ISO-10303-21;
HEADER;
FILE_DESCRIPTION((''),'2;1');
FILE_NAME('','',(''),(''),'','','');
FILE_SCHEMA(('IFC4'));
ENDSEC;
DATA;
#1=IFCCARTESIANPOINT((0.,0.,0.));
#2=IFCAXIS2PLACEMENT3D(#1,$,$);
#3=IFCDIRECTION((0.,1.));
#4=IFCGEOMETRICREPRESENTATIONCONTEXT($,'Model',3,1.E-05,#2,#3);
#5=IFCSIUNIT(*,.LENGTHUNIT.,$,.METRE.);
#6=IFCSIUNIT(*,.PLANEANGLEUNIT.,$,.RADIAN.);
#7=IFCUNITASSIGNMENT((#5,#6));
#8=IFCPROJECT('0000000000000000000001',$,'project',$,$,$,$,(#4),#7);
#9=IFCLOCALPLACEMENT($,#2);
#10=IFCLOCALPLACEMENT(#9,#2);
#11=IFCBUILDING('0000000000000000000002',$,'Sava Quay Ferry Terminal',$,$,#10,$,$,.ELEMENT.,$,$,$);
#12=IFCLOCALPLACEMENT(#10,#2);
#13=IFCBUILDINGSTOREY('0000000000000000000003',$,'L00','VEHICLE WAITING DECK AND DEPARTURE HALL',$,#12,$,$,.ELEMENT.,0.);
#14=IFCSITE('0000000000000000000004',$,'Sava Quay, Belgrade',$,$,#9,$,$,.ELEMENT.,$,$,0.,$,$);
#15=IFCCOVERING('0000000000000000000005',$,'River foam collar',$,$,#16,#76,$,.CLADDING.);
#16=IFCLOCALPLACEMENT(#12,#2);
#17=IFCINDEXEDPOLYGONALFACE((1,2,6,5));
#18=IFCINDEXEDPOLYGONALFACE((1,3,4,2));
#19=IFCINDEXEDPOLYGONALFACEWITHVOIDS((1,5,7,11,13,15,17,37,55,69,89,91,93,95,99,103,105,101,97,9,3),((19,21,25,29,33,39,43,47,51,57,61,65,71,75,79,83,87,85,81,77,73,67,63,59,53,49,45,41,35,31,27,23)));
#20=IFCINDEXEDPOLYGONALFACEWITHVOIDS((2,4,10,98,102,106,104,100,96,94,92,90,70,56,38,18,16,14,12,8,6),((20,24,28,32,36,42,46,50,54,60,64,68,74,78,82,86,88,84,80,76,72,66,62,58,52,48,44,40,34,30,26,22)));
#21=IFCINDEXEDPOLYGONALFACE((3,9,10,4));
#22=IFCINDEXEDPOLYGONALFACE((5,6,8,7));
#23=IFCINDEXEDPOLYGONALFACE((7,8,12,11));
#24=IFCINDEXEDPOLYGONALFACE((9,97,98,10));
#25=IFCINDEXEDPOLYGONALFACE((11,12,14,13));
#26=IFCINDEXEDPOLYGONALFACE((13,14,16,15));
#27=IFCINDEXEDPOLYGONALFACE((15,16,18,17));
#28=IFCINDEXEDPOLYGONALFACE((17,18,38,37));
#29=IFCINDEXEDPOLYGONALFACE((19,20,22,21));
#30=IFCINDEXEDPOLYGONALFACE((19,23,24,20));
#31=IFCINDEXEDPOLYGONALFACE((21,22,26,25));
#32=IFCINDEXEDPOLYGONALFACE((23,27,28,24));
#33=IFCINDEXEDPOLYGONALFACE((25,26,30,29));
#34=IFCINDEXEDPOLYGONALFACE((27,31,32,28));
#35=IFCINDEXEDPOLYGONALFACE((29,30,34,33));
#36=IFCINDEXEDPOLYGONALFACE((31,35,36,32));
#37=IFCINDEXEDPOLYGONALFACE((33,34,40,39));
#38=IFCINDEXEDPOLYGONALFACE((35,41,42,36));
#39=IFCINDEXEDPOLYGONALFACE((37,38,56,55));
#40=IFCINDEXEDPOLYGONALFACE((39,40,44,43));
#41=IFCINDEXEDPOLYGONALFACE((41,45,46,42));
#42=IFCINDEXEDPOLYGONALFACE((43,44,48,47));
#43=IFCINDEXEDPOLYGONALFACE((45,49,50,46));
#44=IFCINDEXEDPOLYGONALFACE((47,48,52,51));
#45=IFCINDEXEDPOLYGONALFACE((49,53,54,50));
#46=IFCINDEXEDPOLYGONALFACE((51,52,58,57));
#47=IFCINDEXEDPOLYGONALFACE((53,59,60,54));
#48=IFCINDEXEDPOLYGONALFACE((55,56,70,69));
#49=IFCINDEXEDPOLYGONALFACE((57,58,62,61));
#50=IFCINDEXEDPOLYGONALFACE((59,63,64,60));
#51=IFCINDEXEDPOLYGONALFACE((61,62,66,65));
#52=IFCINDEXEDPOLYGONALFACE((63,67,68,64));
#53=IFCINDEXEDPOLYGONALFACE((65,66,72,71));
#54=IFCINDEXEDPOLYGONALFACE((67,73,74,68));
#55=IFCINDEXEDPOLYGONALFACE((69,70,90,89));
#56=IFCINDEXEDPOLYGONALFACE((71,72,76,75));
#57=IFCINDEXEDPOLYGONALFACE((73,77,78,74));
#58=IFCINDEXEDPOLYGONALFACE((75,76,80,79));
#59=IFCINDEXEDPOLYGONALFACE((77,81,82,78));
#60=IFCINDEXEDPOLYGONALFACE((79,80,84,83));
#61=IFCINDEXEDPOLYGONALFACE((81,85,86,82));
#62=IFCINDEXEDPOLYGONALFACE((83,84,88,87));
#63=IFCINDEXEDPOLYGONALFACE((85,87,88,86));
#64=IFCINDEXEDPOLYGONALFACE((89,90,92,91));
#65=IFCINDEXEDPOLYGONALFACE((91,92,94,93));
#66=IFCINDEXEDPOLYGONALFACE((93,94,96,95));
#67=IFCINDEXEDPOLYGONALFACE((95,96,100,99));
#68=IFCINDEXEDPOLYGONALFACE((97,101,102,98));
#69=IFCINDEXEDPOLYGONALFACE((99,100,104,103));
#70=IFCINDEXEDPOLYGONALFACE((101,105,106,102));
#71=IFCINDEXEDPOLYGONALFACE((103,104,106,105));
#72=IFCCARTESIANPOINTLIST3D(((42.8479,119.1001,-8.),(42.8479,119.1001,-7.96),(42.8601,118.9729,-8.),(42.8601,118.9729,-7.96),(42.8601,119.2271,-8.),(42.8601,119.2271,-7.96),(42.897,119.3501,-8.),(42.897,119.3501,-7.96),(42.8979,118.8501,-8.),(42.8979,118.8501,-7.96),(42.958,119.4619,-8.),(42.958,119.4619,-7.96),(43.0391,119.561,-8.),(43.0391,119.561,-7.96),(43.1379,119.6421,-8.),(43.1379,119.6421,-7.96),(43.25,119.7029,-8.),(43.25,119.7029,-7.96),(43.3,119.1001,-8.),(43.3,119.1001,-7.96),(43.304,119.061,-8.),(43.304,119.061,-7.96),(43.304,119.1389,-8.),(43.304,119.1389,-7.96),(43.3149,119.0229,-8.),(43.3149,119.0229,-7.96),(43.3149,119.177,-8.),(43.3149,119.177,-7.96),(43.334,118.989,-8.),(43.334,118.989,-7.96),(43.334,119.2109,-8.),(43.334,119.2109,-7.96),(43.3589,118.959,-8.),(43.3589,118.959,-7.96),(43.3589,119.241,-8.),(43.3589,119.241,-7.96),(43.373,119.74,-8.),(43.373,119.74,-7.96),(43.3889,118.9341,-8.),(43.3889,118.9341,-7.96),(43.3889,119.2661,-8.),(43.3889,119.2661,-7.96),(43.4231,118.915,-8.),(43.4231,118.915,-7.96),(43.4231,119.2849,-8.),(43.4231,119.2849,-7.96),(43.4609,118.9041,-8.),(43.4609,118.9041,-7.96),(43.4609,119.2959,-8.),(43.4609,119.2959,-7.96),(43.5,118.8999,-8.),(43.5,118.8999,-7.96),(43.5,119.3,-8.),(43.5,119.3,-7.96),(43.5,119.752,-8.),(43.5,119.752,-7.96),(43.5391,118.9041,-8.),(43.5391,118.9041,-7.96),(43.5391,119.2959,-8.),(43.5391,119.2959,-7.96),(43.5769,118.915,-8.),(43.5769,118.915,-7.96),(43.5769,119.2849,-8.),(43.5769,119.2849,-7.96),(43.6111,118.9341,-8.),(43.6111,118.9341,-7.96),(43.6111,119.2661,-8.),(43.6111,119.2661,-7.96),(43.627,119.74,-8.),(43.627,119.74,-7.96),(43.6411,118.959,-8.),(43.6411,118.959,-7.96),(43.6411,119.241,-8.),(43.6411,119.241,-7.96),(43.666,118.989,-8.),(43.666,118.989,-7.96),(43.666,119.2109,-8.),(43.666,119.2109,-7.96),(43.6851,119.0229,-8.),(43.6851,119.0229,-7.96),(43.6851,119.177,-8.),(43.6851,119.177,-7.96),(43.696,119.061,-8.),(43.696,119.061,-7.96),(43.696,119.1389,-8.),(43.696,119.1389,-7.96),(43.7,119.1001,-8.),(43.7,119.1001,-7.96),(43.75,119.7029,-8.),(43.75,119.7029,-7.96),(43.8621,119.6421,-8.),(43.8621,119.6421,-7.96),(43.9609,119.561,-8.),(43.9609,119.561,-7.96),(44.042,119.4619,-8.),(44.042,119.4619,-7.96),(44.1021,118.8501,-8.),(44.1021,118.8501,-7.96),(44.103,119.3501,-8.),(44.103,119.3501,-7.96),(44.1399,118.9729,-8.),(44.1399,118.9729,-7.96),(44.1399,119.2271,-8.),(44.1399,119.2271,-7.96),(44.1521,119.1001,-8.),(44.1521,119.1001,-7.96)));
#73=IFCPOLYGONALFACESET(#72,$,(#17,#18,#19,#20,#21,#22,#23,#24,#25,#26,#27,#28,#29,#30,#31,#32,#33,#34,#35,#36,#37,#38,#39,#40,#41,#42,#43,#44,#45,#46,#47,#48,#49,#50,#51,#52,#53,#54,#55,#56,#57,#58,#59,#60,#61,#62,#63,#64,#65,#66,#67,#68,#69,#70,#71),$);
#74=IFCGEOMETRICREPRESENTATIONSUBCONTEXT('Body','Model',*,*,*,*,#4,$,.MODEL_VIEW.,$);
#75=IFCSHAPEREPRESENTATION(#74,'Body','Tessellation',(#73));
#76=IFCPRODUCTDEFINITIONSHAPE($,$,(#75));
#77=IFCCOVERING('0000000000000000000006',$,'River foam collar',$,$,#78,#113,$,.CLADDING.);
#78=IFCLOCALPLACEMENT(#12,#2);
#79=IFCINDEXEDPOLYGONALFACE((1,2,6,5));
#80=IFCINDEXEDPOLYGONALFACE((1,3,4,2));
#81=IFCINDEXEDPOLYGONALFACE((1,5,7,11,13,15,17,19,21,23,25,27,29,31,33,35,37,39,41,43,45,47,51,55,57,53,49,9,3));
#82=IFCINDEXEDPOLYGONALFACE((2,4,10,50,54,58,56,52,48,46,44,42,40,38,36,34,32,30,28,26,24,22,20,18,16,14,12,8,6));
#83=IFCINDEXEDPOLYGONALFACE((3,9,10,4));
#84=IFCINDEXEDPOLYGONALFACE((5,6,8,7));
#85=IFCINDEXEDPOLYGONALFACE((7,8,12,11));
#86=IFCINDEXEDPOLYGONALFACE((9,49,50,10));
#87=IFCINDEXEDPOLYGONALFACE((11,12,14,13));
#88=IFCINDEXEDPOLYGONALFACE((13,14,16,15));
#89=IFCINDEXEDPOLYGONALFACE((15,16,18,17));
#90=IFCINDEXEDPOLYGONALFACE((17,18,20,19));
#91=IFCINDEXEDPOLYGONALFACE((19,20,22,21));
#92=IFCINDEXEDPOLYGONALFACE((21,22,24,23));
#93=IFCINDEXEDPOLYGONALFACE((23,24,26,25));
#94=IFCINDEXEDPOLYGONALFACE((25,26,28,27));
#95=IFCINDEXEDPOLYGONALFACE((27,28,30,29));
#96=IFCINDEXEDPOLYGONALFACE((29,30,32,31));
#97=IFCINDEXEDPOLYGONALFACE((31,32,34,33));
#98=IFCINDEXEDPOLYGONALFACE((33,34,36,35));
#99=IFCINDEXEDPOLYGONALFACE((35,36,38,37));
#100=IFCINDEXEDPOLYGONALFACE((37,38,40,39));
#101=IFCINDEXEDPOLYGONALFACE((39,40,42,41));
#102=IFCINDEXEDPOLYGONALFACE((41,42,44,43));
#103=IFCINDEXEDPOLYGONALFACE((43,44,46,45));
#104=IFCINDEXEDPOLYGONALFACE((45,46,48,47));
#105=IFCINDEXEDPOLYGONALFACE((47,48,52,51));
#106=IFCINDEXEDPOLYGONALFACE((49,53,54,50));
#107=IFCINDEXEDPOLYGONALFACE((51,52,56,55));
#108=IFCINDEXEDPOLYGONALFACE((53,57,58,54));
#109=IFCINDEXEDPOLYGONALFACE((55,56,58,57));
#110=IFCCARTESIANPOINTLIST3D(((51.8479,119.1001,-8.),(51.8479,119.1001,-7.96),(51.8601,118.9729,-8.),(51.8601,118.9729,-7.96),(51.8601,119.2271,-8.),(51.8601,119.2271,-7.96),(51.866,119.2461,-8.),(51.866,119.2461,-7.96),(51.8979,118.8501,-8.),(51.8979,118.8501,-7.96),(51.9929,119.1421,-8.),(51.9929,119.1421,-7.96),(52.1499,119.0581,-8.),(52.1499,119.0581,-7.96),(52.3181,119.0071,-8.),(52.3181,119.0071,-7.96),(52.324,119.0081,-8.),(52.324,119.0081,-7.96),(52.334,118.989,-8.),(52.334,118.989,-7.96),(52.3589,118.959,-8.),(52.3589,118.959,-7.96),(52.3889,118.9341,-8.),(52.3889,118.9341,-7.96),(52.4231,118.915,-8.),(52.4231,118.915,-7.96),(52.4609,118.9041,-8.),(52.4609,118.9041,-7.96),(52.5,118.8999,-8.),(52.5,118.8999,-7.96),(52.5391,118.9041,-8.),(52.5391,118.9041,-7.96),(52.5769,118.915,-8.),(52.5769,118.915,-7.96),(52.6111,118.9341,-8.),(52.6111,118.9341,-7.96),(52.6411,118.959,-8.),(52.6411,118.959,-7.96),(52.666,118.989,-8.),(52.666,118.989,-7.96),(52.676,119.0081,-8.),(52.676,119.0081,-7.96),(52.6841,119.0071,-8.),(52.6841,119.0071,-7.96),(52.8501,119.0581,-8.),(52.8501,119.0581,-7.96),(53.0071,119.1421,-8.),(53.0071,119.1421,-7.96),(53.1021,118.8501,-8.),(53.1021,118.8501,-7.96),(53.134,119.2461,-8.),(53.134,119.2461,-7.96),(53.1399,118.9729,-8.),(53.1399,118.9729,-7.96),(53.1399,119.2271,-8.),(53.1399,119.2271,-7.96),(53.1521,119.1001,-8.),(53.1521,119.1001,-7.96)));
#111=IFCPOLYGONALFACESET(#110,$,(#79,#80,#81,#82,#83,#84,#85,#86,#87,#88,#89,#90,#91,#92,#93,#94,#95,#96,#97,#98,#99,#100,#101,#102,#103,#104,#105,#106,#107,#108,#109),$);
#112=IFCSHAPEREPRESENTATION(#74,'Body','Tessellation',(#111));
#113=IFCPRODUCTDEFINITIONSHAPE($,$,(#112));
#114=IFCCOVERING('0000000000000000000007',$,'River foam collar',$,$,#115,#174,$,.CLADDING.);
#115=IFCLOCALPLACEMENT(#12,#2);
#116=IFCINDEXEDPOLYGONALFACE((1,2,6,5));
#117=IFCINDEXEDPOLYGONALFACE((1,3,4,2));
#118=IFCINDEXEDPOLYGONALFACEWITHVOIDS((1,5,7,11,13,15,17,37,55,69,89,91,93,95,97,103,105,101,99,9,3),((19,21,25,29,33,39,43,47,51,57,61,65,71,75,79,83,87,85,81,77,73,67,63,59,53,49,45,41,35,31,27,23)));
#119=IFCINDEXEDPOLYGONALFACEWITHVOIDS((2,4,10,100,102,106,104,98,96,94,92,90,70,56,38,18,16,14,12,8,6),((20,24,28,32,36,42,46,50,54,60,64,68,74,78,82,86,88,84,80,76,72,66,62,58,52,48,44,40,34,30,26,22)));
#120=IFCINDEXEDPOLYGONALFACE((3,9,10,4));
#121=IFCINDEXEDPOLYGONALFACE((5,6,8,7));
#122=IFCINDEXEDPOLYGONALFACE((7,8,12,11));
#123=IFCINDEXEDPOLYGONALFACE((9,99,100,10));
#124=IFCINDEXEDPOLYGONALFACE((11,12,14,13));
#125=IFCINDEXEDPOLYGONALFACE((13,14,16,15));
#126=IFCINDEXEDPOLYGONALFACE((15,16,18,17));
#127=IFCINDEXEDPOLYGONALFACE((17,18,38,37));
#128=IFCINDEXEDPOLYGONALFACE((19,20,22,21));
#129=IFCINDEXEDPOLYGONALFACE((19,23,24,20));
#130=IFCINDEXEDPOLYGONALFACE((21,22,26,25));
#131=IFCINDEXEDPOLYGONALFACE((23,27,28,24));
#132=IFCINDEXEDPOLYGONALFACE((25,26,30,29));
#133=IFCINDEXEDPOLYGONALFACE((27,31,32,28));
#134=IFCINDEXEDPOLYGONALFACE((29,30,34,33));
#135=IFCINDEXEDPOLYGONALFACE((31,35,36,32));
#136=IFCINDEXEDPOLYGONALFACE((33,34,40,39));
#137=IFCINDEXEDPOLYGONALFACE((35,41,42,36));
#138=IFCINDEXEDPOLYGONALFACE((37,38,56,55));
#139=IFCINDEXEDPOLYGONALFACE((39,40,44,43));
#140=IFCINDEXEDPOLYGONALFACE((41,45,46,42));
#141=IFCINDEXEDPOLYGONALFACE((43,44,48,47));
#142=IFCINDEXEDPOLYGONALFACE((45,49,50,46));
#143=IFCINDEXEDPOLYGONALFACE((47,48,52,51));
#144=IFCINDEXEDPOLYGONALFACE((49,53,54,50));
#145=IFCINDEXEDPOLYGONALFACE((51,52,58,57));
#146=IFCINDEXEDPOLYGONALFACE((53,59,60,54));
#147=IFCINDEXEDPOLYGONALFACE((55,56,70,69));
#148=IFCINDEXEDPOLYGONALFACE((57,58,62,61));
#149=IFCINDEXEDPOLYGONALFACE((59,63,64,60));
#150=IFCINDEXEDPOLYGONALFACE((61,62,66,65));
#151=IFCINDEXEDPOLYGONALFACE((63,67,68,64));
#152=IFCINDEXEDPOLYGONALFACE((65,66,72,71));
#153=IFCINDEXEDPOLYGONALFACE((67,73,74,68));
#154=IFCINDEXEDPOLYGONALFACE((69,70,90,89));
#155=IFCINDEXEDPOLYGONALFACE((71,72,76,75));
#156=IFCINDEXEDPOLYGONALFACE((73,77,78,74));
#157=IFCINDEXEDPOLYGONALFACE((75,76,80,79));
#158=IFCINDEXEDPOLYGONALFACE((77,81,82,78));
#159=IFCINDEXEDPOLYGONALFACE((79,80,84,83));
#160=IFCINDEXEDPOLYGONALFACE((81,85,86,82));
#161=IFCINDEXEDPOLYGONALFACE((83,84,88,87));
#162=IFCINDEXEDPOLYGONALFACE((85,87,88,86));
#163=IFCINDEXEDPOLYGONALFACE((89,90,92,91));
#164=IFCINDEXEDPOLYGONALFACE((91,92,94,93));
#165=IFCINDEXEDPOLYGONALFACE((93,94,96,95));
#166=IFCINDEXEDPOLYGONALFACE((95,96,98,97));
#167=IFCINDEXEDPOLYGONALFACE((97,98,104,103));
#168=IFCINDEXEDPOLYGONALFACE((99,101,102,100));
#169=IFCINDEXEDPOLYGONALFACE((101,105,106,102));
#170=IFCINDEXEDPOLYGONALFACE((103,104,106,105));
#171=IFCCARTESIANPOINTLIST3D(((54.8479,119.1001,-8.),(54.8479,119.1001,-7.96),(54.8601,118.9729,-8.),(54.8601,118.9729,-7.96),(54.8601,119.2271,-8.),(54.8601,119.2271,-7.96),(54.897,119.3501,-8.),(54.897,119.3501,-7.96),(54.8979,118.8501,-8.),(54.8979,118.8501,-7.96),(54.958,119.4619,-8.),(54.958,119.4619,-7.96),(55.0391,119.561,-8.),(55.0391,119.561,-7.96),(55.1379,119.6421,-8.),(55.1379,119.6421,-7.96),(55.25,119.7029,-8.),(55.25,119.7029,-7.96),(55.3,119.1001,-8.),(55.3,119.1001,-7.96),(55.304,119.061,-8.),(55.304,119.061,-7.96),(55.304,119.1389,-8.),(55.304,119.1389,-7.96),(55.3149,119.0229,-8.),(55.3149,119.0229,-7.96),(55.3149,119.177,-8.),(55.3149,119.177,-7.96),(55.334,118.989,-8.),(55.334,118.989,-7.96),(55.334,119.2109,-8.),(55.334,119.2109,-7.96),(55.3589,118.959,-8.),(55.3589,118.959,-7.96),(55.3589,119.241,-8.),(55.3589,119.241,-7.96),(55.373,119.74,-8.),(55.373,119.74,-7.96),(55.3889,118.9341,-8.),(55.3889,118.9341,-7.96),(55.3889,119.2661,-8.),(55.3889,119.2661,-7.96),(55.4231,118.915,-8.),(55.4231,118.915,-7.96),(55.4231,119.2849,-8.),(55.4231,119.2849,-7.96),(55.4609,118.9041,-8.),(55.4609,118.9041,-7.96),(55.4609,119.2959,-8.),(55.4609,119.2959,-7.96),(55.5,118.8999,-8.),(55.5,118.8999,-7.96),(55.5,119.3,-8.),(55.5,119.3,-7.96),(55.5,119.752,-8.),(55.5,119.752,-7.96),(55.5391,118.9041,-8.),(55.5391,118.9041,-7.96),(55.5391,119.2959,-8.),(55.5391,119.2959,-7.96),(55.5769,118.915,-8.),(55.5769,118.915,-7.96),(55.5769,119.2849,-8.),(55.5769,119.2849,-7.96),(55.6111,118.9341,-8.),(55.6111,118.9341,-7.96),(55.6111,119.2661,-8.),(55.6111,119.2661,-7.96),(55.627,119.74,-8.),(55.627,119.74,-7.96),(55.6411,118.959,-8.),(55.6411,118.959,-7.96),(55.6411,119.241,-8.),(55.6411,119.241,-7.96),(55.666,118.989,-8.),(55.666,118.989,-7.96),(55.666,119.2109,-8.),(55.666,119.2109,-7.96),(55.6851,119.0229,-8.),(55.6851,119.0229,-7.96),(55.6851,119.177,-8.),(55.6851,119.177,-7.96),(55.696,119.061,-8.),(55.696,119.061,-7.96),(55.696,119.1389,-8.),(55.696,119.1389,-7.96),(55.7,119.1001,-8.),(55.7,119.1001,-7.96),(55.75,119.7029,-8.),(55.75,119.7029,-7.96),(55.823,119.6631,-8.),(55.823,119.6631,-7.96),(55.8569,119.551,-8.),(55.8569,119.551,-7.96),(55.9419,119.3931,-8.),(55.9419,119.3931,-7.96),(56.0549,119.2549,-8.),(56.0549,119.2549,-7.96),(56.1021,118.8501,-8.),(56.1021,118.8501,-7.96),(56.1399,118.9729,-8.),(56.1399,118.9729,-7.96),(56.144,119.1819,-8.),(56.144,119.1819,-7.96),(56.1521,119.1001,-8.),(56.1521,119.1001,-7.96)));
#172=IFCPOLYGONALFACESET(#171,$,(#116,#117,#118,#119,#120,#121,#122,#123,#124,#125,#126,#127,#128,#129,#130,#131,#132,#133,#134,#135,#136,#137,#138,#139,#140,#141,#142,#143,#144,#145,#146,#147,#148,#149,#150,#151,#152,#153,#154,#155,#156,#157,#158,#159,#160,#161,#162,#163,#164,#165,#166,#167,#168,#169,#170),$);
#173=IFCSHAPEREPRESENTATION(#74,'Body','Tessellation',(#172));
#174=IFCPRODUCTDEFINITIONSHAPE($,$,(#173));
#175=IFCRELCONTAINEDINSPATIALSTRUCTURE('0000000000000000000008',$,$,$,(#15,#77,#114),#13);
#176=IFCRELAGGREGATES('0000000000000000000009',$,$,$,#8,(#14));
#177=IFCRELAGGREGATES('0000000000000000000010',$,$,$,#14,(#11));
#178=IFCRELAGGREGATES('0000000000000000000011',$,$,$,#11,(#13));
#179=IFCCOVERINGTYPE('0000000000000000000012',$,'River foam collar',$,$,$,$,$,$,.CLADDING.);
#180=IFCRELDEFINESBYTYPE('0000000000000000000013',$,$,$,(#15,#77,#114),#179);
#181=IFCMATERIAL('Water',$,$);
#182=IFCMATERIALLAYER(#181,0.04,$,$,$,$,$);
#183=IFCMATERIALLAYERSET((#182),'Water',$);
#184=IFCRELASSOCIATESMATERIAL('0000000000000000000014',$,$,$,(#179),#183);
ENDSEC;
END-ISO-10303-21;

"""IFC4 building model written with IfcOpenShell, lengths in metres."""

from ifc_helpers import new_model, si_unit, direction, frame, origin, place, context, subcontext, project, spatial, polyline, outline, extrude, material, layer, layer_set, type_object, element, save


model = new_model("IFC4")

# Units and contexts
model_context = context("Model", 3, precision=1e-05, world=origin(), true_north=direction((0.0, 1.0)))
body_context = subcontext(model_context, "Body", "Model", "MODEL_VIEW")
ifc_project = project(units=[si_unit("LENGTHUNIT", "METRE"), si_unit("PLANEANGLEUNIT", "RADIAN")], contexts=[model_context])

# Site, building, storey
site_placement = place(None, origin())
site = spatial("IfcSite", under=ifc_project, at=site_placement, Name="Sava Quay, Belgrade", CompositionType="ELEMENT", RefElevation=0.0)
building_placement = place(site_placement, origin())
building = spatial("IfcBuilding", under=site, at=building_placement, Name="Sava Quay Ferry Terminal", CompositionType="ELEMENT")
storey_placement = place(building_placement, origin())
storey = spatial("IfcBuildingStorey", under=building, at=storey_placement, Name="L00", Description="VEHICLE WAITING DECK AND DEPARTURE HALL", CompositionType="ELEMENT", Elevation=0.0)

# Coverings
ifc_material = material(Name="Water")
ifc_layer = layer(ifc_material, 0.04)
ifc_layer_set = layer_set([ifc_layer], Name="Water")
covering_type = type_object("IfcCoveringType", Name="River foam collar", PredefinedType="CLADDING", material=ifc_layer_set)
covering_1_placement = place(storey_placement, frame((0.0, 0.0, -8.0)))
element("IfcCovering", 1, at=covering_1_placement, inside=storey, type_object=covering_type, Name="River foam collar", PredefinedType="CLADDING", context=body_context, shape_type="SweptSolid", body=[
    extrude(outline(polyline([(43.75, 119.7029), (43.627, 119.74), (43.5, 119.752), (43.373, 119.74), (43.25, 119.7029), (43.1379, 119.6421), (43.0391, 119.561), (42.958, 119.4619), (42.897, 119.3501), (42.8601, 119.2271), (42.8479, 119.1001), (42.8601, 118.9729), (42.8979, 118.8501), (44.1021, 118.8501), (44.1399, 118.9729), (44.1521, 119.1001), (44.1399, 119.2271), (44.103, 119.3501), (44.042, 119.4619), (43.9609, 119.561), (43.8621, 119.6421), (43.75, 119.7029)]), holes=[polyline([(43.334, 119.2109), (43.3589, 119.241), (43.3889, 119.2661), (43.4231, 119.2849), (43.4609, 119.2959), (43.5, 119.3), (43.5391, 119.2959), (43.5769, 119.2849), (43.6111, 119.2661), (43.6411, 119.241), (43.666, 119.2109), (43.6851, 119.177), (43.696, 119.1389), (43.7, 119.1001), (43.696, 119.061), (43.6851, 119.0229), (43.666, 118.989), (43.6411, 118.959), (43.6111, 118.9341), (43.5769, 118.915), (43.5391, 118.9041), (43.5, 118.8999), (43.4609, 118.9041), (43.4231, 118.915), (43.3889, 118.9341), (43.3589, 118.959), (43.334, 118.989), (43.3149, 119.0229), (43.304, 119.061), (43.3, 119.1001), (43.304, 119.1389), (43.3149, 119.177), (43.334, 119.2109)])]), origin(), (0.0, 0.0, 1.0), 0.04),
])
covering_2_placement = place(storey_placement, frame((0.0, 0.0, -8.0)))
element("IfcCovering", 2, at=covering_2_placement, inside=storey, type_object=covering_type, Name="River foam collar", PredefinedType="CLADDING", context=body_context, shape_type="SweptSolid", body=[
    extrude(outline(polyline([(52.3181, 119.0071), (52.1499, 119.0581), (51.9929, 119.1421), (51.866, 119.2461), (51.8601, 119.2271), (51.8479, 119.1001), (51.8601, 118.9729), (51.8979, 118.8501), (53.1021, 118.8501), (53.1399, 118.9729), (53.1521, 119.1001), (53.1399, 119.2271), (53.134, 119.2461), (53.0071, 119.1421), (52.8501, 119.0581), (52.6841, 119.0071), (52.676, 119.0081), (52.666, 118.989), (52.6411, 118.959), (52.6111, 118.9341), (52.5769, 118.915), (52.5391, 118.9041), (52.5, 118.8999), (52.4609, 118.9041), (52.4231, 118.915), (52.3889, 118.9341), (52.3589, 118.959), (52.334, 118.989), (52.324, 119.0081), (52.3181, 119.0071)])), origin(), (0.0, 0.0, 1.0), 0.04),
])
covering_3_placement = place(storey_placement, frame((0.0, 0.0, -8.0)))
element("IfcCovering", 3, at=covering_3_placement, inside=storey, type_object=covering_type, Name="River foam collar", PredefinedType="CLADDING", context=body_context, shape_type="SweptSolid", body=[
    extrude(outline(polyline([(56.1399, 118.9729), (56.1521, 119.1001), (56.144, 119.1819), (56.0549, 119.2549), (55.9419, 119.3931), (55.8569, 119.551), (55.823, 119.6631), (55.75, 119.7029), (55.627, 119.74), (55.5, 119.752), (55.373, 119.74), (55.25, 119.7029), (55.1379, 119.6421), (55.0391, 119.561), (54.958, 119.4619), (54.897, 119.3501), (54.8601, 119.2271), (54.8479, 119.1001), (54.8601, 118.9729), (54.8979, 118.8501), (56.1021, 118.8501), (56.1399, 118.9729)]), holes=[polyline([(55.304, 119.1389), (55.3149, 119.177), (55.334, 119.2109), (55.3589, 119.241), (55.3889, 119.2661), (55.4231, 119.2849), (55.4609, 119.2959), (55.5, 119.3), (55.5391, 119.2959), (55.5769, 119.2849), (55.6111, 119.2661), (55.6411, 119.241), (55.666, 119.2109), (55.6851, 119.177), (55.696, 119.1389), (55.7, 119.1001), (55.696, 119.061), (55.6851, 119.0229), (55.666, 118.989), (55.6411, 118.959), (55.6111, 118.9341), (55.5769, 118.915), (55.5391, 118.9041), (55.5, 118.8999), (55.4609, 118.9041), (55.4231, 118.915), (55.3889, 118.9341), (55.3589, 118.959), (55.334, 118.989), (55.3149, 119.0229), (55.304, 119.061), (55.3, 119.1001), (55.304, 119.1389)])]), origin(), (0.0, 0.0, 1.0), 0.04),
])

save(model, "model.ifc")
